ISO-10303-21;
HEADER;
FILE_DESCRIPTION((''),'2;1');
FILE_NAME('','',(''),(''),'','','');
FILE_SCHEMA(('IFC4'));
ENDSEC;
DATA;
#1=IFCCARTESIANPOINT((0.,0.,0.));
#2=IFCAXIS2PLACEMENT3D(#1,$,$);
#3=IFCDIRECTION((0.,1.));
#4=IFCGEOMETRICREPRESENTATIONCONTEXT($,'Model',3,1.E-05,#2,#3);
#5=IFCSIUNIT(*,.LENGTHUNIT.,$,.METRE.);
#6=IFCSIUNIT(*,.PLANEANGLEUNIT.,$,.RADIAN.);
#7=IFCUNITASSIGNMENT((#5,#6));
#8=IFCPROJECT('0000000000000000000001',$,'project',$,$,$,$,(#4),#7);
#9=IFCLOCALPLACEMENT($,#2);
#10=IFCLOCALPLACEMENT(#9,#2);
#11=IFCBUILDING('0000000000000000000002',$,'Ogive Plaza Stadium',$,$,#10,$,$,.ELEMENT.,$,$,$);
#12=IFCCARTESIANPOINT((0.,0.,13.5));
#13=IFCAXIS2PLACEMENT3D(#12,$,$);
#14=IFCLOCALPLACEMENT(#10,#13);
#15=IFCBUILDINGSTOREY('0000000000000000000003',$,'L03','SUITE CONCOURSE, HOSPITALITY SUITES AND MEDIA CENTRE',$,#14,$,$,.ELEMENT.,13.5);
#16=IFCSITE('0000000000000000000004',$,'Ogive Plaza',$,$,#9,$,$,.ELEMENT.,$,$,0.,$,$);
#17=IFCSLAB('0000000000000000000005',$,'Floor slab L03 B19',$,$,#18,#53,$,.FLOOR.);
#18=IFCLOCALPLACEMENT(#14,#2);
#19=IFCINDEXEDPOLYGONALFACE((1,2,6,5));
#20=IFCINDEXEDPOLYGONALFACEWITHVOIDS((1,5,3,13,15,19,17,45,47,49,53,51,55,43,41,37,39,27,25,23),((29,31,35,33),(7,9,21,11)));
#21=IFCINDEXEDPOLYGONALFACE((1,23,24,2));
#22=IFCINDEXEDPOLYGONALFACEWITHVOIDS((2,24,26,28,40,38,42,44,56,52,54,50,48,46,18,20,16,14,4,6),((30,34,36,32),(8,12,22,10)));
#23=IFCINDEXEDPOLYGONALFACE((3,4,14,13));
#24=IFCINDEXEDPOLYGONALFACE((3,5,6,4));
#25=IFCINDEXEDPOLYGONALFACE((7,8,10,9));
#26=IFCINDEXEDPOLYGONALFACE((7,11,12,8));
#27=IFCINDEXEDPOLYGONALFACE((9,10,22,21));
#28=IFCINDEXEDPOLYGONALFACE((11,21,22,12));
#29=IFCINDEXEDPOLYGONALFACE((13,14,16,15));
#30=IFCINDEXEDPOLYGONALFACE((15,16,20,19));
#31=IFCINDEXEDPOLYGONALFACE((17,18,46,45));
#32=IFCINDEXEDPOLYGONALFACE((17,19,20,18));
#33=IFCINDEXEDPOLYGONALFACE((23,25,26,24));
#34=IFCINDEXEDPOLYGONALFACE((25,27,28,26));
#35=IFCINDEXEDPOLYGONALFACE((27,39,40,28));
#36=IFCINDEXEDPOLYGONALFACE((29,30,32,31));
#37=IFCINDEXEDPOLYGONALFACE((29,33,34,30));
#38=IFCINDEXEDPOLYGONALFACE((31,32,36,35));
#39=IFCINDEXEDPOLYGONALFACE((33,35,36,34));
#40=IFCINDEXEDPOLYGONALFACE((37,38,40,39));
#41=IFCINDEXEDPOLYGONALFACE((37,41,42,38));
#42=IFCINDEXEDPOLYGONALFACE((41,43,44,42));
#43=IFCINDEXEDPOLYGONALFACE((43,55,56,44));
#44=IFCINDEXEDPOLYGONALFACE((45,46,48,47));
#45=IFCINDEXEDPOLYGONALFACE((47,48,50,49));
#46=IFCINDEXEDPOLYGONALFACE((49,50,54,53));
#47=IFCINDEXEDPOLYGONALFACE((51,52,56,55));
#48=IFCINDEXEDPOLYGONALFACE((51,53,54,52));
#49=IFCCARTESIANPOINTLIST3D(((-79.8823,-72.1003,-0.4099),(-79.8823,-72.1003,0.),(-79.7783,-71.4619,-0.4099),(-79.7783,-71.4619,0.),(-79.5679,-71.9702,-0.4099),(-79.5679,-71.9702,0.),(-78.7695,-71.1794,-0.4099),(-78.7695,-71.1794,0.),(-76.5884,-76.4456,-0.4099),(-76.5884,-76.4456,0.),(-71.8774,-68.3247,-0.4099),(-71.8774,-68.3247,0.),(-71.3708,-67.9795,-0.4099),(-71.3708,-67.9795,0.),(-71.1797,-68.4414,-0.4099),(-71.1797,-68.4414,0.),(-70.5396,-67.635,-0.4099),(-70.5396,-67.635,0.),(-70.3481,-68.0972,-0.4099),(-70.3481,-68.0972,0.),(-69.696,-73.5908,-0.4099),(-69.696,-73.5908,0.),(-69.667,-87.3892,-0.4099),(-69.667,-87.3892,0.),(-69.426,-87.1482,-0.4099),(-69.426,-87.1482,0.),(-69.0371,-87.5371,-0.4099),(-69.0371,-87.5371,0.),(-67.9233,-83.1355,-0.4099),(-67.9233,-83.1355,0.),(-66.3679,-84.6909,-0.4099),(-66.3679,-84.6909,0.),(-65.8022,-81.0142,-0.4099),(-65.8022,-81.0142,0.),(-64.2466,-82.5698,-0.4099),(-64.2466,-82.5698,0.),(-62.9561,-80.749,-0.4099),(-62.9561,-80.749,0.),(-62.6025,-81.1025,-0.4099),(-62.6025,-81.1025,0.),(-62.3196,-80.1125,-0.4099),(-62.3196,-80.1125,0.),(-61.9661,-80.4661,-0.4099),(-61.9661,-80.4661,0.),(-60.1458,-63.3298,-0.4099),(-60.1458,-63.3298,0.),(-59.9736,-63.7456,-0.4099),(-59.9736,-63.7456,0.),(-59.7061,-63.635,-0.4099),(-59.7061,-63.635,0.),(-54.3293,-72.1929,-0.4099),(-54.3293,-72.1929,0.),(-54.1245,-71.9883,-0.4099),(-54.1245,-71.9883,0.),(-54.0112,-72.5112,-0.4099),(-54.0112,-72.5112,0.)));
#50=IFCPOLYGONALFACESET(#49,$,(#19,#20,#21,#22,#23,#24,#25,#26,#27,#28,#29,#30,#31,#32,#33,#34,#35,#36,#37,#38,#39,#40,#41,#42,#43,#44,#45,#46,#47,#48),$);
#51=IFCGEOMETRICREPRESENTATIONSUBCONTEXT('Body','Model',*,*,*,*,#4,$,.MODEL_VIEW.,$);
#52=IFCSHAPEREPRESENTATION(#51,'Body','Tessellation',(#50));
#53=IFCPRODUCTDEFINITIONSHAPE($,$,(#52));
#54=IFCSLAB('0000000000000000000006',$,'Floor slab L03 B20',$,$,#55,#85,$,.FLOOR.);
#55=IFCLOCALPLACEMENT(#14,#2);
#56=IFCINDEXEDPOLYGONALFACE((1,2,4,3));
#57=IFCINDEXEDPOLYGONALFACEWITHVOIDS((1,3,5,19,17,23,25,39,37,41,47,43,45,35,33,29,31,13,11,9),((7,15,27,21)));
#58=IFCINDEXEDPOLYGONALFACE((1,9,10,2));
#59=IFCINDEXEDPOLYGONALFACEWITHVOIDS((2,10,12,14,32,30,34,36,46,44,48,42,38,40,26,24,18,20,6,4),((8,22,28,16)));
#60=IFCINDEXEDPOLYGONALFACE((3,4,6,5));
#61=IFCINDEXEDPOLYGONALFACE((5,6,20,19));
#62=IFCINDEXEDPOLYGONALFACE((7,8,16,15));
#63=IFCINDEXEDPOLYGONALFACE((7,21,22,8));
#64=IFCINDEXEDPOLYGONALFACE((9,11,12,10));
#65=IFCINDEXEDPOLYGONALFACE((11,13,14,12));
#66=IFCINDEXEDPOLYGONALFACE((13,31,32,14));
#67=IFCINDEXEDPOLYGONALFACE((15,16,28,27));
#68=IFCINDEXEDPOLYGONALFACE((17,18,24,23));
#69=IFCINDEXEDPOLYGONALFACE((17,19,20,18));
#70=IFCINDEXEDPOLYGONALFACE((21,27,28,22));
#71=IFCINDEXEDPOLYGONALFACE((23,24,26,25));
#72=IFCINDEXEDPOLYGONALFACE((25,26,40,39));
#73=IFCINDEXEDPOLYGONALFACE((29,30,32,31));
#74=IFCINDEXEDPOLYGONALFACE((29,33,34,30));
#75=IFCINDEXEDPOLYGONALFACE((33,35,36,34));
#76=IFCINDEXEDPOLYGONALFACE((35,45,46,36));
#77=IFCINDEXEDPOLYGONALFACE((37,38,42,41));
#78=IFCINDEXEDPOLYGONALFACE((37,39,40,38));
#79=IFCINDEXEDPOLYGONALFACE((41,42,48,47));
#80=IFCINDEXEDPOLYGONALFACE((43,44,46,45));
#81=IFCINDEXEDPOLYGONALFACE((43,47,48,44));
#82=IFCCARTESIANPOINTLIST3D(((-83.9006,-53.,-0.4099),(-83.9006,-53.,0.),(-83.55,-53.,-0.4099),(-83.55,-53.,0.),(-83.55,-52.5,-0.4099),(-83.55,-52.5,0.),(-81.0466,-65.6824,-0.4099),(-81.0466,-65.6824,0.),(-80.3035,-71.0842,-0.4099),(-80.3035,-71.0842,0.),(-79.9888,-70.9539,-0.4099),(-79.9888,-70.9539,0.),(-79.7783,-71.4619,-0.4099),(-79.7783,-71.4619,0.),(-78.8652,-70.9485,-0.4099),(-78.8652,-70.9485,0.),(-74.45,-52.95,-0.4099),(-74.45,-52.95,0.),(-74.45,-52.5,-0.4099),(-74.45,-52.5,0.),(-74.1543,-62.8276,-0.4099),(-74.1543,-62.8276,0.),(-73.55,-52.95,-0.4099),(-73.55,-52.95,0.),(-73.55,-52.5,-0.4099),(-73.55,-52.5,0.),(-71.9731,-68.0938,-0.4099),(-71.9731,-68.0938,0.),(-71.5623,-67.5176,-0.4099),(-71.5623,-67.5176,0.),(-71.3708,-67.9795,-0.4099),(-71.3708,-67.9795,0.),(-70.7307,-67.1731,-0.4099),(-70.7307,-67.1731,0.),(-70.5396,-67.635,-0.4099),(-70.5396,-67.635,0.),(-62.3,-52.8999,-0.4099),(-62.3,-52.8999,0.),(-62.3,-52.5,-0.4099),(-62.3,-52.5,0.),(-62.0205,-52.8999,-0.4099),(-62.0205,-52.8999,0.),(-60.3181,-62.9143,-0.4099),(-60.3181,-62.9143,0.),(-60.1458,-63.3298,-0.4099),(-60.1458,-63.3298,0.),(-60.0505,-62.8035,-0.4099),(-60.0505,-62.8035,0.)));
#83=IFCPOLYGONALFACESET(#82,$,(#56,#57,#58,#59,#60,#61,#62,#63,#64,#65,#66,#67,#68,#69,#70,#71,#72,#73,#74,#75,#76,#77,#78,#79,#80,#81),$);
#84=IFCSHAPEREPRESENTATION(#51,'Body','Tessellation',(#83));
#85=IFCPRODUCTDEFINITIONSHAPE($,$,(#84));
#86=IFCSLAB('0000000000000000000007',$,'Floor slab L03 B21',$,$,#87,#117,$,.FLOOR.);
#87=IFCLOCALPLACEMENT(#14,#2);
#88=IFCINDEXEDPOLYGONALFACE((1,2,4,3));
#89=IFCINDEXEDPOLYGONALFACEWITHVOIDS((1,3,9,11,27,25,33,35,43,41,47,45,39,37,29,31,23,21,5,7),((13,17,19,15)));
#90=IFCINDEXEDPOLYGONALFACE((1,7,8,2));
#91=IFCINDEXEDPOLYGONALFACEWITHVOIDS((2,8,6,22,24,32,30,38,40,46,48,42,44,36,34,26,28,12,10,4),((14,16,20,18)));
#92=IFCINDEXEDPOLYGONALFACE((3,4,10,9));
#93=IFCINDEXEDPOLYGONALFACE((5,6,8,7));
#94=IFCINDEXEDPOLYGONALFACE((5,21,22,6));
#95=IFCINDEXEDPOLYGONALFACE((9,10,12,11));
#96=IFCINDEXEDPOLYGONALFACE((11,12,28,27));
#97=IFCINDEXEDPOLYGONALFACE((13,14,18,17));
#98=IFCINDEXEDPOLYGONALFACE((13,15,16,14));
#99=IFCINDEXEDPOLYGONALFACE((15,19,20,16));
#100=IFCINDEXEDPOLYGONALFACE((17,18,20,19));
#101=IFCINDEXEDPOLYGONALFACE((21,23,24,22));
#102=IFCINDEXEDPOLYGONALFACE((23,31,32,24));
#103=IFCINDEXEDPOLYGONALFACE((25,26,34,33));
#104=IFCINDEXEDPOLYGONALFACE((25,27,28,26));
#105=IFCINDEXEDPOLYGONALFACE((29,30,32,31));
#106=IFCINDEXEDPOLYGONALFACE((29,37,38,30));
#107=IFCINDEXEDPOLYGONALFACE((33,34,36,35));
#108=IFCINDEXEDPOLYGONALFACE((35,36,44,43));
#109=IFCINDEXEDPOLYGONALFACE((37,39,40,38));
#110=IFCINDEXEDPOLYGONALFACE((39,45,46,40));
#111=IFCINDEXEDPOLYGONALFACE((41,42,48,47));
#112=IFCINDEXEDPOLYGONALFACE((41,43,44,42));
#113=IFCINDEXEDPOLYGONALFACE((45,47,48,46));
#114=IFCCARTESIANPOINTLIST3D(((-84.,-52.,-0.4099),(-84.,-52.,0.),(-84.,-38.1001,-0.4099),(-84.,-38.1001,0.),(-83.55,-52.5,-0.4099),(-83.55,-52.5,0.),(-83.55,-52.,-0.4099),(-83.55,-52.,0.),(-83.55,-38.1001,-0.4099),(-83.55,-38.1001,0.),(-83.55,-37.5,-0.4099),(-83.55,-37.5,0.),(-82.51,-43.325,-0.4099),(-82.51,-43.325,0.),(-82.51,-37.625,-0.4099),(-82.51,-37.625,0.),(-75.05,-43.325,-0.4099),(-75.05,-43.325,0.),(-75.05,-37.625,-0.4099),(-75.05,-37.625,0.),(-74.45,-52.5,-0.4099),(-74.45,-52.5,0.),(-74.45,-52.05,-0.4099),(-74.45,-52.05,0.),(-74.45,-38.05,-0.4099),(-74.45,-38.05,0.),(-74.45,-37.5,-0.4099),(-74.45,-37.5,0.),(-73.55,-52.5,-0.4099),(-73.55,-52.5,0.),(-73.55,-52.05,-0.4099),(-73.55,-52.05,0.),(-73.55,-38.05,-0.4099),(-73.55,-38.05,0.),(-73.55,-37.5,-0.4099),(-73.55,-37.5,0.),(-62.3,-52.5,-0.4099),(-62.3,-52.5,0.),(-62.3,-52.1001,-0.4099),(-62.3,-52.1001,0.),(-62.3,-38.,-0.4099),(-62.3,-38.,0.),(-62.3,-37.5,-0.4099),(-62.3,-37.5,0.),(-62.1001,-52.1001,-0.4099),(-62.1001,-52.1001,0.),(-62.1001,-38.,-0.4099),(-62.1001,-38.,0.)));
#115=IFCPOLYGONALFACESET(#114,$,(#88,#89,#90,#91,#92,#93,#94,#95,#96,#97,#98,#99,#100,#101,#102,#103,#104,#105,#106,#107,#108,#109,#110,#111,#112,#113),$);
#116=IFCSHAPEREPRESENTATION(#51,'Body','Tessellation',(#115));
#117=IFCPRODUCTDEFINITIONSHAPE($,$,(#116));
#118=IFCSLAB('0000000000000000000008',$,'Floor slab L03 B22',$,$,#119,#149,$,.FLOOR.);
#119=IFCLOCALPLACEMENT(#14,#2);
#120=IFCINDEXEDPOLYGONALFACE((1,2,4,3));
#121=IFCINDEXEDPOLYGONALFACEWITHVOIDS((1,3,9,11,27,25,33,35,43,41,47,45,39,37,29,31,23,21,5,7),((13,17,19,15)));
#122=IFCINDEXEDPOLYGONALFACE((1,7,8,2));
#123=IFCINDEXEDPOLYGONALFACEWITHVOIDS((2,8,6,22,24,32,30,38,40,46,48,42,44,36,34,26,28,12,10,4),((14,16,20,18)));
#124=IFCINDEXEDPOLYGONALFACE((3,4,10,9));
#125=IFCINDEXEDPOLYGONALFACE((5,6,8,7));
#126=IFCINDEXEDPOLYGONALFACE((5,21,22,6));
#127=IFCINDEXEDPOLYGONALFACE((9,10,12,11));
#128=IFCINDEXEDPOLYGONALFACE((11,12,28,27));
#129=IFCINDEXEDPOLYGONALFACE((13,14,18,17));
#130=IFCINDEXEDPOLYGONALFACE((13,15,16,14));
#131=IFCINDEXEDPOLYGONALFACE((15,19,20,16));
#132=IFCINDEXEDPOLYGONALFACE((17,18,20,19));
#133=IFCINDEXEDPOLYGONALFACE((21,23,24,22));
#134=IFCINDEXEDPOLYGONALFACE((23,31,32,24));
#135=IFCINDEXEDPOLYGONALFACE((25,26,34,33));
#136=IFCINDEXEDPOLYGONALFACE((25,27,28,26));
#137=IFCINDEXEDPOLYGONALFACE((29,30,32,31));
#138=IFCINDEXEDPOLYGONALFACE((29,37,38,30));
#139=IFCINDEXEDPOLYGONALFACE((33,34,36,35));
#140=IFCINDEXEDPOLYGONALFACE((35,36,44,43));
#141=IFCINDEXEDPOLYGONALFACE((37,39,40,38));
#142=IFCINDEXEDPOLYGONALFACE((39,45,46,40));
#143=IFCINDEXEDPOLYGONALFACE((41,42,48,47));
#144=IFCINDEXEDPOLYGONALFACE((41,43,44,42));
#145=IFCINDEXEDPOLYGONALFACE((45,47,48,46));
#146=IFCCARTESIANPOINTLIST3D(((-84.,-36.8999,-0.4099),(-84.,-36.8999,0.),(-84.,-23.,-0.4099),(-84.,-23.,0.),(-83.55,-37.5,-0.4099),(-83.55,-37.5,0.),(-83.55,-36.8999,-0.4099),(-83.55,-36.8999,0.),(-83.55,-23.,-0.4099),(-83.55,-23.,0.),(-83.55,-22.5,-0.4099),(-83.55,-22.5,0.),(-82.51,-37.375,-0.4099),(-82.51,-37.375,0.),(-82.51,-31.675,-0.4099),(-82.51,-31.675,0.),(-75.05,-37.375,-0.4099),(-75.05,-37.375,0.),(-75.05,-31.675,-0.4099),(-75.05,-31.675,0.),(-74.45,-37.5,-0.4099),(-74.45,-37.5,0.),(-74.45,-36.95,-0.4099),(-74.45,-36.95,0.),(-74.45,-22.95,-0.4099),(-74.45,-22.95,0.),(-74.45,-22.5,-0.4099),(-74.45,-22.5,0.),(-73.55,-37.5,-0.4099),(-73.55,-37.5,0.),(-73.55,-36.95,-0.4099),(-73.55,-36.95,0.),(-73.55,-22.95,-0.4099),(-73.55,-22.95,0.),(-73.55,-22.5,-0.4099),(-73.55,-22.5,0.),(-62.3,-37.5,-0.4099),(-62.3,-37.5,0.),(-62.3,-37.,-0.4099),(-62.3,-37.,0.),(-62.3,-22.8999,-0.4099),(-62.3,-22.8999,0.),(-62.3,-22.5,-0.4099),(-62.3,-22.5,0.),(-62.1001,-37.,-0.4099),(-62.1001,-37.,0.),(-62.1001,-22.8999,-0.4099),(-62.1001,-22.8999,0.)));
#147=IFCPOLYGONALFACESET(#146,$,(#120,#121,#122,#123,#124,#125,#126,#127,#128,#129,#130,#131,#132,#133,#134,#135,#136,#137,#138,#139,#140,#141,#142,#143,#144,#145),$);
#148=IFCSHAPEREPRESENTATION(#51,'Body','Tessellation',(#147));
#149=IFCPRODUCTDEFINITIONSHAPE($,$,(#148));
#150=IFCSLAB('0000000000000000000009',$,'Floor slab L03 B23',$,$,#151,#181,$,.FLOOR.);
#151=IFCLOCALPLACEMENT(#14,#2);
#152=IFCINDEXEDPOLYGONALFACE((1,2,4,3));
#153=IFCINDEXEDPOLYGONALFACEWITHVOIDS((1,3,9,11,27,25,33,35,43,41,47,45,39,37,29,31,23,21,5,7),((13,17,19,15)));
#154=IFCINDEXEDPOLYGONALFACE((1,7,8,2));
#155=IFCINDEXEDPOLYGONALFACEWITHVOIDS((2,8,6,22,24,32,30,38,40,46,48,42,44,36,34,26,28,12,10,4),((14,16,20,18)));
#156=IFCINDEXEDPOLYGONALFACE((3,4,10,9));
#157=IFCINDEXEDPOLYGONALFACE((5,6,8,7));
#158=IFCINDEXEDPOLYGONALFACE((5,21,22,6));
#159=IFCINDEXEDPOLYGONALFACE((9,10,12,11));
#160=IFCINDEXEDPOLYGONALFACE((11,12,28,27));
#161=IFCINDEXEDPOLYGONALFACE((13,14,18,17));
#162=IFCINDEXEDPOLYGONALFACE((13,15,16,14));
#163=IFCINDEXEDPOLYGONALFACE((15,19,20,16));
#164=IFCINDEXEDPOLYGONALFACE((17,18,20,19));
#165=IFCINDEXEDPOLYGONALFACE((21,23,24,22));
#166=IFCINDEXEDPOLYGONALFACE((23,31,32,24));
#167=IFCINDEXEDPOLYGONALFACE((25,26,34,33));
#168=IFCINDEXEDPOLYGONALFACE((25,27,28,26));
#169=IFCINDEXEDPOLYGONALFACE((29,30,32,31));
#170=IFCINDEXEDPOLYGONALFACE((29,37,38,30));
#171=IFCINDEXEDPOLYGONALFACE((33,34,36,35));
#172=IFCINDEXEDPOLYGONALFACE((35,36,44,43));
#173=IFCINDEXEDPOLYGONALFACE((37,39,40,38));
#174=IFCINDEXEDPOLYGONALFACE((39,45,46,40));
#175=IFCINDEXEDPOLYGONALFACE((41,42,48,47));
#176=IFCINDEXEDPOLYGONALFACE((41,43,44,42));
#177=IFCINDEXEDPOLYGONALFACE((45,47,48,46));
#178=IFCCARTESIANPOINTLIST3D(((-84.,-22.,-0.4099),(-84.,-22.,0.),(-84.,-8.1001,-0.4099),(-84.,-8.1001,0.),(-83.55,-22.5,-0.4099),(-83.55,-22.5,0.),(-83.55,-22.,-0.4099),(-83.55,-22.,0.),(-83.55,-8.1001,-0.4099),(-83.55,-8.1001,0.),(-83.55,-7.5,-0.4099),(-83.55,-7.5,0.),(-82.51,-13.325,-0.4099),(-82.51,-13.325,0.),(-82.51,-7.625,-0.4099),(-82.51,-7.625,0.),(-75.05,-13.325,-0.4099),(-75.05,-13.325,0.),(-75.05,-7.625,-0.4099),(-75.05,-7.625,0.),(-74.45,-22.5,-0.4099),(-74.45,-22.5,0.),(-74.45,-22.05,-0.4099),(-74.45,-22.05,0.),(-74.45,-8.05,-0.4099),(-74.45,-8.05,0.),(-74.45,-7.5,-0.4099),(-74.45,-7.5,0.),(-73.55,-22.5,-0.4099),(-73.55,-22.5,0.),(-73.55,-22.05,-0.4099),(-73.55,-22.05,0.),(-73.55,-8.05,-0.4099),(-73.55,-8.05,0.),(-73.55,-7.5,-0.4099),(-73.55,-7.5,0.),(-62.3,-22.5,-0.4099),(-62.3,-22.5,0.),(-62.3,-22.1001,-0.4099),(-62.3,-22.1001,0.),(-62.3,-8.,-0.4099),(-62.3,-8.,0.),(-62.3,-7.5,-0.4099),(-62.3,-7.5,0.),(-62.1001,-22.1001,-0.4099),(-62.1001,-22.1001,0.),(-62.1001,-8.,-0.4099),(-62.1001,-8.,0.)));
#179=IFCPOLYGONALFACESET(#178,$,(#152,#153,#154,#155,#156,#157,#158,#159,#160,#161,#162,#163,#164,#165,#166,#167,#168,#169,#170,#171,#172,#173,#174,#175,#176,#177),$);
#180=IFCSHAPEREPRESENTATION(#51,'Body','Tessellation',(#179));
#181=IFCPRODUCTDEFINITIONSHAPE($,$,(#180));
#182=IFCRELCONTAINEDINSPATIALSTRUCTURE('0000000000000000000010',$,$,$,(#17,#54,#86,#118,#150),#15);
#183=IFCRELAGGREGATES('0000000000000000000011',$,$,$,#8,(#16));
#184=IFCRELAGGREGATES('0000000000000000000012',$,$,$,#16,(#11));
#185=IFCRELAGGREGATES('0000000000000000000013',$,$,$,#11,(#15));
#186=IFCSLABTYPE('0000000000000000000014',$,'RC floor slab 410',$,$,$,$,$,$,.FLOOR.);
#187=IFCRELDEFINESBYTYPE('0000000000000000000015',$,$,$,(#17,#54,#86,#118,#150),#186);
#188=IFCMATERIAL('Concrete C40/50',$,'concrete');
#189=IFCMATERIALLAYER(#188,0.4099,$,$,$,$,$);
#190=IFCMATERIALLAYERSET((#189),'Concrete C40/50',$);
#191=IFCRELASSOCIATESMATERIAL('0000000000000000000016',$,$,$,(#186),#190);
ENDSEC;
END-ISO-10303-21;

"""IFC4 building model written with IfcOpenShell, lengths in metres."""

from ifc_helpers import new_model, si_unit, direction, frame, origin, place, context, subcontext, project, spatial, polyline, outline, extrude, material, layer, layer_set, type_object, element, save


model = new_model("IFC4")

# Units and contexts
model_context = context("Model", 3, precision=1e-05, world=origin(), true_north=direction((0.0, 1.0)))
body_context = subcontext(model_context, "Body", "Model", "MODEL_VIEW")
ifc_project = project(units=[si_unit("LENGTHUNIT", "METRE"), si_unit("PLANEANGLEUNIT", "RADIAN")], contexts=[model_context])

# Site, building, storey
site_placement = place(None, origin())
site = spatial("IfcSite", under=ifc_project, at=site_placement, Name="Ogive Plaza", CompositionType="ELEMENT", RefElevation=0.0)
building_placement = place(site_placement, origin())
building = spatial("IfcBuilding", under=site, at=building_placement, Name="Ogive Plaza Stadium", CompositionType="ELEMENT")
storey_placement = place(building_placement, frame((0.0, 0.0, 13.5)))
storey = spatial("IfcBuildingStorey", under=building, at=storey_placement, Name="L03", Description="SUITE CONCOURSE, HOSPITALITY SUITES AND MEDIA CENTRE", CompositionType="ELEMENT", Elevation=13.5)

# Slabs
ifc_material_1 = material(Name="Concrete C40/50", Category="concrete")
ifc_layer_1 = layer(ifc_material_1, 0.4099)
ifc_layer_set_1 = layer_set([ifc_layer_1], Name="Concrete C40/50")
slab_type = type_object("IfcSlabType", Name="RC floor slab 410", PredefinedType="FLOOR", material=ifc_layer_set_1)
slab_1_placement = place(storey_placement, frame((0.0, 0.0, -0.4099)))
element("IfcSlab", 1, at=slab_1_placement, inside=storey, type_object=slab_type, Name="Floor slab L03 B19", PredefinedType="FLOOR", context=body_context, shape_type="SweptSolid", body=[
    extrude(outline(polyline([(-70.5396, -67.635), (-70.3481, -68.0972), (-71.1797, -68.4414), (-71.3708, -67.9795), (-79.7783, -71.4619), (-79.5679, -71.9702), (-79.8823, -72.1003), (-69.667, -87.3892), (-69.426, -87.1482), (-69.0371, -87.5371), (-62.6025, -81.1025), (-62.9561, -80.749), (-62.3196, -80.1125), (-61.9661, -80.4661), (-54.0112, -72.5112), (-54.3293, -72.1929), (-54.1245, -71.9883), (-59.7061, -63.635), (-59.9736, -63.7456), (-60.1458, -63.3298), (-70.5396, -67.635)]), holes=[polyline([(-64.2466, -82.5698), (-65.8022, -81.0142), (-67.9233, -83.1355), (-66.3679, -84.6909), (-64.2466, -82.5698)]), polyline([(-69.696, -73.5908), (-71.8774, -68.3247), (-78.7695, -71.1794), (-76.5884, -76.4456), (-69.696, -73.5908)])]), origin(), (0.0, 0.0, 1.0), 0.4099),
])
slab_2_placement = place(storey_placement, frame((0.0, 0.0, -0.4099)))
element("IfcSlab", 2, at=slab_2_placement, inside=storey, type_object=slab_type, Name="Floor slab L03 B20", PredefinedType="FLOOR", context=body_context, shape_type="SweptSolid", body=[
    extrude(outline(polyline([(-73.55, -52.5), (-73.55, -52.95), (-74.45, -52.95), (-74.45, -52.5), (-83.55, -52.5), (-83.55, -53.0), (-83.9006, -53.0), (-80.3035, -71.0842), (-79.9888, -70.9539), (-79.7783, -71.4619), (-71.3708, -67.9795), (-71.5623, -67.5176), (-70.7307, -67.1731), (-70.5396, -67.635), (-60.1458, -63.3298), (-60.3181, -62.9143), (-60.0505, -62.8035), (-62.0205, -52.8999), (-62.3, -52.8999), (-62.3, -52.5), (-73.55, -52.5)]), holes=[polyline([(-71.9731, -68.0938), (-74.1543, -62.8276), (-81.0466, -65.6824), (-78.8652, -70.9485), (-71.9731, -68.0938)])]), origin(), (0.0, 0.0, 1.0), 0.4099),
])
slab_3_placement = place(storey_placement, frame((0.0, 0.0, -0.4099)))
element("IfcSlab", 3, at=slab_3_placement, inside=storey, type_object=slab_type, Name="Floor slab L03 B21", PredefinedType="FLOOR", context=body_context, shape_type="SweptSolid", body=[
    extrude(outline(polyline([(-73.55, -37.5), (-73.55, -38.05), (-74.45, -38.05), (-74.45, -37.5), (-83.55, -37.5), (-83.55, -38.1001), (-84.0, -38.1001), (-84.0, -52.0), (-83.55, -52.0), (-83.55, -52.5), (-74.45, -52.5), (-74.45, -52.05), (-73.55, -52.05), (-73.55, -52.5), (-62.3, -52.5), (-62.3, -52.1001), (-62.1001, -52.1001), (-62.1001, -38.0), (-62.3, -38.0), (-62.3, -37.5), (-73.55, -37.5)]), holes=[polyline([(-75.05, -43.325), (-75.05, -37.625), (-82.51, -37.625), (-82.51, -43.325), (-75.05, -43.325)])]), origin(), (0.0, 0.0, 1.0), 0.4099),
])
slab_4_placement = place(storey_placement, frame((0.0, 0.0, -0.4099)))
element("IfcSlab", 4, at=slab_4_placement, inside=storey, type_object=slab_type, Name="Floor slab L03 B22", PredefinedType="FLOOR", context=body_context, shape_type="SweptSolid", body=[
    extrude(outline(polyline([(-73.55, -22.5), (-73.55, -22.95), (-74.45, -22.95), (-74.45, -22.5), (-83.55, -22.5), (-83.55, -23.0), (-84.0, -23.0), (-84.0, -36.8999), (-83.55, -36.8999), (-83.55, -37.5), (-74.45, -37.5), (-74.45, -36.95), (-73.55, -36.95), (-73.55, -37.5), (-62.3, -37.5), (-62.3, -37.0), (-62.1001, -37.0), (-62.1001, -22.8999), (-62.3, -22.8999), (-62.3, -22.5), (-73.55, -22.5)]), holes=[polyline([(-75.05, -37.375), (-75.05, -31.675), (-82.51, -31.675), (-82.51, -37.375), (-75.05, -37.375)])]), origin(), (0.0, 0.0, 1.0), 0.4099),
])
slab_5_placement = place(storey_placement, frame((0.0, 0.0, -0.4099)))
element("IfcSlab", 5, at=slab_5_placement, inside=storey, type_object=slab_type, Name="Floor slab L03 B23", PredefinedType="FLOOR", context=body_context, shape_type="SweptSolid", body=[
    extrude(outline(polyline([(-73.55, -7.5), (-73.55, -8.05), (-74.45, -8.05), (-74.45, -7.5), (-83.55, -7.5), (-83.55, -8.1001), (-84.0, -8.1001), (-84.0, -22.0), (-83.55, -22.0), (-83.55, -22.5), (-74.45, -22.5), (-74.45, -22.05), (-73.55, -22.05), (-73.55, -22.5), (-62.3, -22.5), (-62.3, -22.1001), (-62.1001, -22.1001), (-62.1001, -8.0), (-62.3, -8.0), (-62.3, -7.5), (-73.55, -7.5)]), holes=[polyline([(-75.05, -13.325), (-75.05, -7.625), (-82.51, -7.625), (-82.51, -13.325), (-75.05, -13.325)])]), origin(), (0.0, 0.0, 1.0), 0.4099),
])

save(model, "model.ifc")
